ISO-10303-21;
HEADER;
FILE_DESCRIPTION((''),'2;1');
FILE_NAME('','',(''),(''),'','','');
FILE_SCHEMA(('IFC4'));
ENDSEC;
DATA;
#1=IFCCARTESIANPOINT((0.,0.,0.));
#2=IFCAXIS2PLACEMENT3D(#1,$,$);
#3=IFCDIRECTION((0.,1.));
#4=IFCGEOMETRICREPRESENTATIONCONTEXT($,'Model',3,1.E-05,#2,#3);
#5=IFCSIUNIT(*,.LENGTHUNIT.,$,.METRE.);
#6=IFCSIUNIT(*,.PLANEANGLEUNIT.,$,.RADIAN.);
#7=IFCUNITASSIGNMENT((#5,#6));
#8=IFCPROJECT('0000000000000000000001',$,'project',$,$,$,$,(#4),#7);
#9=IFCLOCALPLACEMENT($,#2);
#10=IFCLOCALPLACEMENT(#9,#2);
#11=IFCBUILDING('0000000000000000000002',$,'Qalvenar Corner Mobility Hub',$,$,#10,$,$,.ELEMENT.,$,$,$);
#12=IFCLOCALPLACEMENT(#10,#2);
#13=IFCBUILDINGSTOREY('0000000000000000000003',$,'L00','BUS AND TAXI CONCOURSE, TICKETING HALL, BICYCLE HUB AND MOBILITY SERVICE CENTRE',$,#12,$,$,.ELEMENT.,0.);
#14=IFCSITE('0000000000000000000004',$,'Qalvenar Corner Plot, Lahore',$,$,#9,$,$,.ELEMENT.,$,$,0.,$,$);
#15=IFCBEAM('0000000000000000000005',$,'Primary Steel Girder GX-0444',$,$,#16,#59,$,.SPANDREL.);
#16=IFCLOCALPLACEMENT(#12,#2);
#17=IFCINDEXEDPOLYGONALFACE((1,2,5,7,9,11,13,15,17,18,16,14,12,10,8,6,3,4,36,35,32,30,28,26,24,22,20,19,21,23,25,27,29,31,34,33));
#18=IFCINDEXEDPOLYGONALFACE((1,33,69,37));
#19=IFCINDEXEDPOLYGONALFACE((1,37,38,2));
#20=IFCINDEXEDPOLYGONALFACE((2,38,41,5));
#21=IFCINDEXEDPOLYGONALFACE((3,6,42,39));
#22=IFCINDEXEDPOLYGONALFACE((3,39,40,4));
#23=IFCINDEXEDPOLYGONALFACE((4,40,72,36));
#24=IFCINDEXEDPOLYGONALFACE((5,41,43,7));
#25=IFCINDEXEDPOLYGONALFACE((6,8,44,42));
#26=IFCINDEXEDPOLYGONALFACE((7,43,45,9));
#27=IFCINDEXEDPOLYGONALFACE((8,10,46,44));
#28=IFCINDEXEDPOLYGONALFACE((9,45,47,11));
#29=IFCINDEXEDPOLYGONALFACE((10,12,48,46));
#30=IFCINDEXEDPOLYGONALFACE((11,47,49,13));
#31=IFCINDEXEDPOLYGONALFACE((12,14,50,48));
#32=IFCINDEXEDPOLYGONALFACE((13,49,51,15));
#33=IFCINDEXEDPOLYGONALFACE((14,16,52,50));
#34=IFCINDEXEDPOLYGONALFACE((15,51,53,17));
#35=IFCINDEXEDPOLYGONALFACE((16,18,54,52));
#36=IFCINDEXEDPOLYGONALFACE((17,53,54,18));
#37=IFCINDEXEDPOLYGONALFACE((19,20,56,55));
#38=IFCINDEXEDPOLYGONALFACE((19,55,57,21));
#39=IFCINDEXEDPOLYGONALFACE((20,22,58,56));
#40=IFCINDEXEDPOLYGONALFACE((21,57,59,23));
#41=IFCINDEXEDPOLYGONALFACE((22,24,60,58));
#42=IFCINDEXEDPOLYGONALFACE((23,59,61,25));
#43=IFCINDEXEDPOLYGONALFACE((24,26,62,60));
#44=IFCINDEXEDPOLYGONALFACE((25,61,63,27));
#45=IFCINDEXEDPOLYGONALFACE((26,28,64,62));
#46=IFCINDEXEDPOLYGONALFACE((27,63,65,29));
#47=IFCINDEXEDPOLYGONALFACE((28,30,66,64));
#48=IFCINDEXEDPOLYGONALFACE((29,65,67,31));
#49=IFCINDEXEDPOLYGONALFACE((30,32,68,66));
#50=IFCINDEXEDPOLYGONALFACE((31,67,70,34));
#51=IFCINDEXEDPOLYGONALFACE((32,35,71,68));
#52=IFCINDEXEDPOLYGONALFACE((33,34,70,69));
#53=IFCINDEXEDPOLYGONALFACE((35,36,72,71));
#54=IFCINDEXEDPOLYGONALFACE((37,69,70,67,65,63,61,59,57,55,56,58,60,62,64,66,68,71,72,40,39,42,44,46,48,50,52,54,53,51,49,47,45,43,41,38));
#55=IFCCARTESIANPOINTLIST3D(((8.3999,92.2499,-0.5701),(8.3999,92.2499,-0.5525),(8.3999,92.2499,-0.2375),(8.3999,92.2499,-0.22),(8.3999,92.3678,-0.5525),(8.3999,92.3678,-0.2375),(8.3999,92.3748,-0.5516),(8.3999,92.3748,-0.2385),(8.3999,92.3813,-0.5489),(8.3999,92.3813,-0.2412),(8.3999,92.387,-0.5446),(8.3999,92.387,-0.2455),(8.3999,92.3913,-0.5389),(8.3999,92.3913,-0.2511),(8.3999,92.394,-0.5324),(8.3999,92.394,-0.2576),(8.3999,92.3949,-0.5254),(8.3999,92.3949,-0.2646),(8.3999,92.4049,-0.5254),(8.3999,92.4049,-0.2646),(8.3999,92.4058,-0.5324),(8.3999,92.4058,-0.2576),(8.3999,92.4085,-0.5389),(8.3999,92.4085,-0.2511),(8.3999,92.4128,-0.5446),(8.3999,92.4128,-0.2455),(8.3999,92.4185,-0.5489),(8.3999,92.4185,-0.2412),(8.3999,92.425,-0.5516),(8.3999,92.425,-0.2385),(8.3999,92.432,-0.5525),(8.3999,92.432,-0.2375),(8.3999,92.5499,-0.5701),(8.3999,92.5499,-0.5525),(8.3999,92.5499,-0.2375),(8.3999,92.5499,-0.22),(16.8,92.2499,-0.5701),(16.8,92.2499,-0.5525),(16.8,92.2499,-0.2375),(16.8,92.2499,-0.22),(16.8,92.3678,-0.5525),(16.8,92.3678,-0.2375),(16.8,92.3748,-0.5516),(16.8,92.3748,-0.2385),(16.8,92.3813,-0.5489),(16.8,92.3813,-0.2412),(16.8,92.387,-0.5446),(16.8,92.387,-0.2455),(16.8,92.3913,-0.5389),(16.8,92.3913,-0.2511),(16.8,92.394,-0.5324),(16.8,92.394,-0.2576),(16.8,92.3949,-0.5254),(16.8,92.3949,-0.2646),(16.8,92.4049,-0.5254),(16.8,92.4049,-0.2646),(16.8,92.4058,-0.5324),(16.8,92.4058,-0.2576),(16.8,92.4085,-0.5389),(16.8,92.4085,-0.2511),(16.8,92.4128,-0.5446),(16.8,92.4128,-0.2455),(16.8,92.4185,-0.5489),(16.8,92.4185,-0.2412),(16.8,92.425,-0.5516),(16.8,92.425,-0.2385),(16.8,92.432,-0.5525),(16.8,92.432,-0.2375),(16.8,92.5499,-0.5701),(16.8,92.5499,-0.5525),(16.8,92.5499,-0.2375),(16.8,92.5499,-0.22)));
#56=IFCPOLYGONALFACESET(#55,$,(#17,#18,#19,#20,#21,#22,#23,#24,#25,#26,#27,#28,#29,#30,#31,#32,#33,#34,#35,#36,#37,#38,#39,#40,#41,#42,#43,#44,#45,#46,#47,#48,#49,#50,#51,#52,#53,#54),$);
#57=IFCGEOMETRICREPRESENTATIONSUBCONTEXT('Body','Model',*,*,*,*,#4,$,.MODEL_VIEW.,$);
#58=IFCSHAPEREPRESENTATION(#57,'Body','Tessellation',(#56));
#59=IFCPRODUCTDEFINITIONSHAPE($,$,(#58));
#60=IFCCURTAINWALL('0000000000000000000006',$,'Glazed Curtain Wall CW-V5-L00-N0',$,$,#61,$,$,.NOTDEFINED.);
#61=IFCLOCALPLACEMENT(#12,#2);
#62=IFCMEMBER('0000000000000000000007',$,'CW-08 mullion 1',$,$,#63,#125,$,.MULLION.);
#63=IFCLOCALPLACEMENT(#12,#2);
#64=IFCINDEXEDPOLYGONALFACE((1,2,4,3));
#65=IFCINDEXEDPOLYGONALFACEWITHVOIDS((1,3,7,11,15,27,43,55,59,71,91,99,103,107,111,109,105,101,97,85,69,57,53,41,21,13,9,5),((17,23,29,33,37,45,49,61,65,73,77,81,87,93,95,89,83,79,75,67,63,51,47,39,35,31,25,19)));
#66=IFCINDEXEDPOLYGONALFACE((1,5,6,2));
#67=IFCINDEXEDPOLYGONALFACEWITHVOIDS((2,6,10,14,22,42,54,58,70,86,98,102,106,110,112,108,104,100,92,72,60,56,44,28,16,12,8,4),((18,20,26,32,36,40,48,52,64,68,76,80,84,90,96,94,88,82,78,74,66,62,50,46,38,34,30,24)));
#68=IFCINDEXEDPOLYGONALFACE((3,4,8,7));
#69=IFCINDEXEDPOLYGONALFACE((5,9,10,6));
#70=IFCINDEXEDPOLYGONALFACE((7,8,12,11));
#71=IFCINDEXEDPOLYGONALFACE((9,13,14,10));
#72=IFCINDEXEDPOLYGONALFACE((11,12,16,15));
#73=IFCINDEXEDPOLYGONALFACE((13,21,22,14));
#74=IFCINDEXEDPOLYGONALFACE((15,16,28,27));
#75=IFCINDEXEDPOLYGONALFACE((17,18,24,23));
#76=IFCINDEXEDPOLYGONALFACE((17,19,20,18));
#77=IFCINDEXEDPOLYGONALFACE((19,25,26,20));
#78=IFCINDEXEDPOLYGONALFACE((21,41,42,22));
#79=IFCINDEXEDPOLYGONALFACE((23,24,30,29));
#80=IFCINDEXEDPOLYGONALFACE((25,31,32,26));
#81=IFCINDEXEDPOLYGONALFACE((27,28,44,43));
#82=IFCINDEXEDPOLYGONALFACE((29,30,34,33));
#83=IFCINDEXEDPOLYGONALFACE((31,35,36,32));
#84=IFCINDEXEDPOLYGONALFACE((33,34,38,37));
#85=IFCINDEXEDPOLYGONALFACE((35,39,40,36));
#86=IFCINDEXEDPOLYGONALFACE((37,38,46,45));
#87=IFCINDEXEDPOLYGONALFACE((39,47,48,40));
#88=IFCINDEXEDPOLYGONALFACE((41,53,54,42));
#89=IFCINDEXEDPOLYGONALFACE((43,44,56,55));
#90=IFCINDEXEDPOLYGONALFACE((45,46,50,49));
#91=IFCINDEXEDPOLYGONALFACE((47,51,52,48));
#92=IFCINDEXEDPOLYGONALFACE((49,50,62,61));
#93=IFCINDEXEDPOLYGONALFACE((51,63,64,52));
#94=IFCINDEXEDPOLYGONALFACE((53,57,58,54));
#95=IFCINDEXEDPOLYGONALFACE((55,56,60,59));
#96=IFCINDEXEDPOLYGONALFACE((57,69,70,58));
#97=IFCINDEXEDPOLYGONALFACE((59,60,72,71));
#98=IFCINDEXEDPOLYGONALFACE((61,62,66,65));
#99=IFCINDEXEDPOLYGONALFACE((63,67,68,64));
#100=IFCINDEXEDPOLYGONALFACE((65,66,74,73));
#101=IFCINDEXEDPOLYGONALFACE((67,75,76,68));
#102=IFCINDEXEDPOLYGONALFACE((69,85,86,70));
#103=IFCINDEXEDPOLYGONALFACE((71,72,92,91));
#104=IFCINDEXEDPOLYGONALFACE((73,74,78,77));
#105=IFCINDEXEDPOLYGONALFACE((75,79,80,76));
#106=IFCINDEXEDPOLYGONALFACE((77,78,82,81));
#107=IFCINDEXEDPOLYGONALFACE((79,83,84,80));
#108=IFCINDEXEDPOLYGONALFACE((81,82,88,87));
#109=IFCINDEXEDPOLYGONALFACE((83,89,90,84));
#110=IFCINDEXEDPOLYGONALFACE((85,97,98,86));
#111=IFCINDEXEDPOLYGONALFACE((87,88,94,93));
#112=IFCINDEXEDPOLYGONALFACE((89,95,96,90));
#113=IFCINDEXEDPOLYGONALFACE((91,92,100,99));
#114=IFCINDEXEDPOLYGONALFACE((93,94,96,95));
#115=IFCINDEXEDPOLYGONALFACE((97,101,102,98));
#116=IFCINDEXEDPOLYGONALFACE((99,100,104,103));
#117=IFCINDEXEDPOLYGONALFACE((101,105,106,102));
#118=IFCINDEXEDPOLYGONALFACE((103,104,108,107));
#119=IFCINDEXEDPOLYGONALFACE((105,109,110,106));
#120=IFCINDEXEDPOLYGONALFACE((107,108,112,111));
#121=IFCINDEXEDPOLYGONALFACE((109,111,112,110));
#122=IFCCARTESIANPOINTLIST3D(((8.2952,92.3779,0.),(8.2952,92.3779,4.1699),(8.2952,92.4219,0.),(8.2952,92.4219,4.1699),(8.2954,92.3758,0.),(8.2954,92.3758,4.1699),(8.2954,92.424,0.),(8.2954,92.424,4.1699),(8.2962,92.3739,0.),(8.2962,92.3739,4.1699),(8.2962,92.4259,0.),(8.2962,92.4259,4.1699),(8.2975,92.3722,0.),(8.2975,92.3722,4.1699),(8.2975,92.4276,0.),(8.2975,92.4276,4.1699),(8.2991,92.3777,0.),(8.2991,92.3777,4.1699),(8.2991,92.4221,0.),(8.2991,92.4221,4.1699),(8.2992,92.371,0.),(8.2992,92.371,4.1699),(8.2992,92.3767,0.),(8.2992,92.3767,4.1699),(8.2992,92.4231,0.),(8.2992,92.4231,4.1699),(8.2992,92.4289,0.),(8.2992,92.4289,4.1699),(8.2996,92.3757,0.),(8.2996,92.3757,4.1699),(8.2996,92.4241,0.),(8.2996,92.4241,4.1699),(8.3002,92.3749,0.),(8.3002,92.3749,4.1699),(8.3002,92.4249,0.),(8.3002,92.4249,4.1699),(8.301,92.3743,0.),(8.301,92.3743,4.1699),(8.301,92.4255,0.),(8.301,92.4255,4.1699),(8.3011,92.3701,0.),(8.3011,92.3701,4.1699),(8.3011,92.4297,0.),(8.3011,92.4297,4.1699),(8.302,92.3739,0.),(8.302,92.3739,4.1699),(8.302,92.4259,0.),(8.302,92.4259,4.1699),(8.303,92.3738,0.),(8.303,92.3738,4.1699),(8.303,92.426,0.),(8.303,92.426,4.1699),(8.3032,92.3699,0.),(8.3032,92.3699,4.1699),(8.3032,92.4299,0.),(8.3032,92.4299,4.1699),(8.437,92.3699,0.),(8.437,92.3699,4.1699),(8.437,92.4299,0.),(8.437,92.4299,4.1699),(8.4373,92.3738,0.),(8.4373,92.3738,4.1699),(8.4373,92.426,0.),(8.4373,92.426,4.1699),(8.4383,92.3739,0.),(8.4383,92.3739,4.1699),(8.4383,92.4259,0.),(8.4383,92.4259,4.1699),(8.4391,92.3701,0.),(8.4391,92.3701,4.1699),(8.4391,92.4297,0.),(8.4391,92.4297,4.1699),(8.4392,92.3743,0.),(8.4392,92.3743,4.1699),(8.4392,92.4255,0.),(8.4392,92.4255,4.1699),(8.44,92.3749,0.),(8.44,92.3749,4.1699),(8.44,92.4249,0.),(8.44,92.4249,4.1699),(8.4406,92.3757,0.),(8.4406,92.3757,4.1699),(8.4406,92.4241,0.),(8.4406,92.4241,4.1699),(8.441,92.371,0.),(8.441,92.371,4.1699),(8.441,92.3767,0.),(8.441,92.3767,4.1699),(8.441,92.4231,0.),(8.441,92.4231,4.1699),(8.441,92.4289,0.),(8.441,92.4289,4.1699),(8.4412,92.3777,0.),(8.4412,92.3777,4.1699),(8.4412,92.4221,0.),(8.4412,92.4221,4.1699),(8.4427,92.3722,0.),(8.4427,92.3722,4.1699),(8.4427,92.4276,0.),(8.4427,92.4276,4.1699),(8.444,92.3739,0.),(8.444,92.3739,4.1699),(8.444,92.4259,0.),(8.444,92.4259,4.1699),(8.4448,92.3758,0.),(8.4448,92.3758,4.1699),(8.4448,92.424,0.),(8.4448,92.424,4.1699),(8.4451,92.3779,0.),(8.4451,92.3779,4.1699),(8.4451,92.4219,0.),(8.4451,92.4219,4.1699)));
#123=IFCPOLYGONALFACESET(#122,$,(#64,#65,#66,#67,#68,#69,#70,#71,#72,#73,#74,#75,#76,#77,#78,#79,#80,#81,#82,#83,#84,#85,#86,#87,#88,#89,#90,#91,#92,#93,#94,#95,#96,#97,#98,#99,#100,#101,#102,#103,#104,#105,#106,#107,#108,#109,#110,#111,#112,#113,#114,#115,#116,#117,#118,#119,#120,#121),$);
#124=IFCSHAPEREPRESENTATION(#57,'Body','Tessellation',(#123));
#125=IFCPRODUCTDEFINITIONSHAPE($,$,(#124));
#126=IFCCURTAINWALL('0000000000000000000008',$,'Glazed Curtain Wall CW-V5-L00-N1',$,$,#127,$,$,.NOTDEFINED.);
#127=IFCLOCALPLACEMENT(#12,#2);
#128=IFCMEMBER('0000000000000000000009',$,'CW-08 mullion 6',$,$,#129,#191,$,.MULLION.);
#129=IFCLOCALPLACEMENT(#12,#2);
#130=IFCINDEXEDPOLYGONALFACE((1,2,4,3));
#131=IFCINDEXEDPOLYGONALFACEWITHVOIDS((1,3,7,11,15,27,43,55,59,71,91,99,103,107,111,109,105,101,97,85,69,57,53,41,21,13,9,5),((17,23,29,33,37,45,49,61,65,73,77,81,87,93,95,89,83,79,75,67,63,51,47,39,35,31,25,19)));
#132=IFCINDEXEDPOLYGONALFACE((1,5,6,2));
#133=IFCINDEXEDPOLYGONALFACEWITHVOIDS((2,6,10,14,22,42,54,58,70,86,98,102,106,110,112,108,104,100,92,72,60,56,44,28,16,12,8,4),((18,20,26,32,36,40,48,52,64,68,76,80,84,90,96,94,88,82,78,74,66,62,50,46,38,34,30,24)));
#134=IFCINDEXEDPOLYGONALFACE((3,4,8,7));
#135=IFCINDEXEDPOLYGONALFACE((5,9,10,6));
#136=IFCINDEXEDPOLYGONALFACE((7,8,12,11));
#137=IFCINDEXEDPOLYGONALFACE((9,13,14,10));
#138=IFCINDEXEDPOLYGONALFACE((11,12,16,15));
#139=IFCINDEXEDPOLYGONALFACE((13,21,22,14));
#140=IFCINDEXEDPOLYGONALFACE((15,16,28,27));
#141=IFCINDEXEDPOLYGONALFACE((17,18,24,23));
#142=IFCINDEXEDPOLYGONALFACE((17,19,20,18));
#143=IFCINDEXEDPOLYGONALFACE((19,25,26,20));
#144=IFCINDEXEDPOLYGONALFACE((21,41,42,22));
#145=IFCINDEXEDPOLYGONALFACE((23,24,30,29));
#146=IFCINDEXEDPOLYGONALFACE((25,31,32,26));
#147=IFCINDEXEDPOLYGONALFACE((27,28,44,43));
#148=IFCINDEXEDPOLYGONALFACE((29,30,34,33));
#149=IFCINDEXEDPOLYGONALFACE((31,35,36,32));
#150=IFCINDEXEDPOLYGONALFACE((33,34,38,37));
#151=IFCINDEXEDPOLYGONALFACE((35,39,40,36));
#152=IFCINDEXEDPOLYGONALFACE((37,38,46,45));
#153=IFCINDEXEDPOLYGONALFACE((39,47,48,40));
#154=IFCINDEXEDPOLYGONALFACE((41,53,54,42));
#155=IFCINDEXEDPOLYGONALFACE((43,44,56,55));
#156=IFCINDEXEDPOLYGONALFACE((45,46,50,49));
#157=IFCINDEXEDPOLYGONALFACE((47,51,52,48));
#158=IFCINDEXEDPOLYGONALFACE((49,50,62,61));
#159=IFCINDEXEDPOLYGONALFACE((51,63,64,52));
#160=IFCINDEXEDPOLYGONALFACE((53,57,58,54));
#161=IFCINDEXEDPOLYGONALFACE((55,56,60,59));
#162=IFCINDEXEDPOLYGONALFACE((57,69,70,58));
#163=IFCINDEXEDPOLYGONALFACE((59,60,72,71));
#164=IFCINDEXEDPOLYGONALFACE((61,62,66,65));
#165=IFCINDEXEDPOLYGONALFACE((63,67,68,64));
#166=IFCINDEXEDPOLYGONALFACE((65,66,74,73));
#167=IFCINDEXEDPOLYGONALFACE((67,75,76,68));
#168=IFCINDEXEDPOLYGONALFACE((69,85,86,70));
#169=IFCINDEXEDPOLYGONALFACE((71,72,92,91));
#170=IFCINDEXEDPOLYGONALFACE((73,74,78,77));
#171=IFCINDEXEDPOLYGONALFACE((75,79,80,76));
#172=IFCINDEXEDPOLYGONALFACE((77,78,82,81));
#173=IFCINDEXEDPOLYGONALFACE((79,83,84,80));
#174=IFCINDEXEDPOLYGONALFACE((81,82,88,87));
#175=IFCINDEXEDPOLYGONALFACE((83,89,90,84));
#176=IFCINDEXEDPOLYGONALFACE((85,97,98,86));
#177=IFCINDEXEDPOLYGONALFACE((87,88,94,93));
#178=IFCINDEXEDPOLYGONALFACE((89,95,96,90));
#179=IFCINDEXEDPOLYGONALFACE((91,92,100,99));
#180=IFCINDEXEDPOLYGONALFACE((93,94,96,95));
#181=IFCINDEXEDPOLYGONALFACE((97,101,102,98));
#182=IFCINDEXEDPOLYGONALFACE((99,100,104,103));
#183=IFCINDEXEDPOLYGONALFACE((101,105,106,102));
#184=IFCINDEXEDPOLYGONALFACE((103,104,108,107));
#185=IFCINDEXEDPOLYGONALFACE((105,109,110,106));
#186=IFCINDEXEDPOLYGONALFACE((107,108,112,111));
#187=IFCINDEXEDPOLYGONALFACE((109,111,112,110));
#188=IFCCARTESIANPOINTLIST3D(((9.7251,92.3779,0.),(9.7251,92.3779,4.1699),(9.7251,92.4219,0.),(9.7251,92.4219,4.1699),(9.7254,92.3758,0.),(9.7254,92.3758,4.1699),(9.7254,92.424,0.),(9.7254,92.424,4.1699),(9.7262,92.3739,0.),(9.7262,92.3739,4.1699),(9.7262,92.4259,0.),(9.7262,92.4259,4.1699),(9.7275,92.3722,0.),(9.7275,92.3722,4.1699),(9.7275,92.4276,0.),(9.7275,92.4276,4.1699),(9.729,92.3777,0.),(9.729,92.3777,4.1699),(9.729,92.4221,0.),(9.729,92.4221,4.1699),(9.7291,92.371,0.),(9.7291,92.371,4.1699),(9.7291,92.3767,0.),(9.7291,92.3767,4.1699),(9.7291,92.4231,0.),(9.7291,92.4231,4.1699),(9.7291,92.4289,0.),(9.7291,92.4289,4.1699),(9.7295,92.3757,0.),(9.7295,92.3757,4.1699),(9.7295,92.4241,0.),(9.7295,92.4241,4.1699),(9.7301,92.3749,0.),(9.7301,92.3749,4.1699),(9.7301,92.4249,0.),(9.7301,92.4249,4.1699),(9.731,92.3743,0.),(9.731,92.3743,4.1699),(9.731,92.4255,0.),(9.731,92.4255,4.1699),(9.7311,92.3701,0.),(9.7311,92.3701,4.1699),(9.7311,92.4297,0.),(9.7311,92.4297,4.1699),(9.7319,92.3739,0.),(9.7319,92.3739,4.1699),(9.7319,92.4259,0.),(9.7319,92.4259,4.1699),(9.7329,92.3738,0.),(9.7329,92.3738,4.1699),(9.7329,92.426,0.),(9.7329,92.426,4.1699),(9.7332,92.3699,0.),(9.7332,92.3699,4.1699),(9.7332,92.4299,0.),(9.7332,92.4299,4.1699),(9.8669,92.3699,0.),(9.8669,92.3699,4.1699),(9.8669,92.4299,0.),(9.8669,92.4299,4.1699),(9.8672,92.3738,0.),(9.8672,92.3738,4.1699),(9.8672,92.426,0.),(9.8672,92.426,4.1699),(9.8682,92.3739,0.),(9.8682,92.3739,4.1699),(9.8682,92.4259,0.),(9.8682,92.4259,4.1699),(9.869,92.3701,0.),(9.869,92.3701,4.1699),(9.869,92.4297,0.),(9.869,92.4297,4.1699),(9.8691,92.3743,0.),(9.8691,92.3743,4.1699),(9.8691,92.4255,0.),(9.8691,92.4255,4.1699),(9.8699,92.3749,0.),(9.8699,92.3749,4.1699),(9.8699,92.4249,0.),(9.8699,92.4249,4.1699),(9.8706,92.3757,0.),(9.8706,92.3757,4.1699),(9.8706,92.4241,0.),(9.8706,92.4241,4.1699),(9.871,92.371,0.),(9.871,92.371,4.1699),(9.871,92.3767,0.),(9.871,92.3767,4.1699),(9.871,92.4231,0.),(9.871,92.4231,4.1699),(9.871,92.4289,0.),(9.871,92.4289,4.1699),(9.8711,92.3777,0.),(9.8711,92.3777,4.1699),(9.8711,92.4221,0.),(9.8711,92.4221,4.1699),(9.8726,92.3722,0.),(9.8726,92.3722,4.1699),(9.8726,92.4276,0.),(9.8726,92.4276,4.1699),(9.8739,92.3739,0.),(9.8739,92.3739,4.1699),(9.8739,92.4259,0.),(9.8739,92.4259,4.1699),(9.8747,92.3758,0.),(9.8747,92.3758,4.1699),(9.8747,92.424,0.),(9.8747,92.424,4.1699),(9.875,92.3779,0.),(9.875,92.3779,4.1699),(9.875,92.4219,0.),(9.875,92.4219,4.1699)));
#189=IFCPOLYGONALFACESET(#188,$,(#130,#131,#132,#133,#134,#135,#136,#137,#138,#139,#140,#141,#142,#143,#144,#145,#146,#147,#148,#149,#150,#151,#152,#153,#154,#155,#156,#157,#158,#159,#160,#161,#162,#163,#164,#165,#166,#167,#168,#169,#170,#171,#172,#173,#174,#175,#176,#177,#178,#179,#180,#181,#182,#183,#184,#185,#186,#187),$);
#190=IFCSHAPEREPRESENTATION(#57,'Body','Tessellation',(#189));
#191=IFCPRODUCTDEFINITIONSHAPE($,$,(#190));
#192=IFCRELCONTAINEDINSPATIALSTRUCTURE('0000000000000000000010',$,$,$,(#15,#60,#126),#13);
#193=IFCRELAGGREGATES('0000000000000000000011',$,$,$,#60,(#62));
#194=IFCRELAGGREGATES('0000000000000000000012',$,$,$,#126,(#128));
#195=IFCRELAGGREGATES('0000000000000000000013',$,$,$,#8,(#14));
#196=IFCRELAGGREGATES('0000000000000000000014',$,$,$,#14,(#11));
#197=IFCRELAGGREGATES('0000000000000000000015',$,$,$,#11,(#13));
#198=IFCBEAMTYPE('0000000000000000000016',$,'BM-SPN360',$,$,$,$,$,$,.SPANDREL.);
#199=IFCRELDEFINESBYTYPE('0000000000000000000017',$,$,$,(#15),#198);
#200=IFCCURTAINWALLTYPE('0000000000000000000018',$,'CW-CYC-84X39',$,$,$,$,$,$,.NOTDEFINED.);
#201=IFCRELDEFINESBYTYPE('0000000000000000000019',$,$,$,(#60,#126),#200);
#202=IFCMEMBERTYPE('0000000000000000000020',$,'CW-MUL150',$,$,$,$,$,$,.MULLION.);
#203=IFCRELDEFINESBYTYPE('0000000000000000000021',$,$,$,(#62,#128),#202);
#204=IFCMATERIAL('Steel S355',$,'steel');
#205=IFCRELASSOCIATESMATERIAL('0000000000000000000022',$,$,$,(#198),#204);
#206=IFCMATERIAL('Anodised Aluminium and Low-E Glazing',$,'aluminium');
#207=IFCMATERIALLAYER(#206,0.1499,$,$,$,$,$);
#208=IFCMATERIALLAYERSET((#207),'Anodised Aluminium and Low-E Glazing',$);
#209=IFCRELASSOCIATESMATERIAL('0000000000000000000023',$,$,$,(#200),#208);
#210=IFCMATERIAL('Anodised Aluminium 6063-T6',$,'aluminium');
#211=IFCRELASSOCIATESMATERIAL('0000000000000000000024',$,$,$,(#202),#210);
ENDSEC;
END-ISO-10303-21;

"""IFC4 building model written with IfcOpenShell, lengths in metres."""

from ifc_helpers import new_model, si_unit, direction, frame, origin, origin_2d, place, context, subcontext, project, spatial, hollow_rectangle, i_section, extrude, material, layer, layer_set, material_profile, profile_set, type_object, element, aggregate, save


model = new_model("IFC4")

# Units and contexts
model_context = context("Model", 3, precision=1e-05, world=origin(), true_north=direction((0.0, 1.0)))
body_context = subcontext(model_context, "Body", "Model", "MODEL_VIEW")
ifc_project = project(units=[si_unit("LENGTHUNIT", "METRE"), si_unit("PLANEANGLEUNIT", "RADIAN")], contexts=[model_context])

# Site, building, storey
site_placement = place(None, origin())
site = spatial("IfcSite", under=ifc_project, at=site_placement, Name="Qalvenar Corner Plot, Lahore", CompositionType="ELEMENT", RefElevation=0.0)
building_placement = place(site_placement, origin())
building = spatial("IfcBuilding", under=site, at=building_placement, Name="Qalvenar Corner Mobility Hub", CompositionType="ELEMENT")
storey_placement = place(building_placement, origin())
storey = spatial("IfcBuildingStorey", under=building, at=storey_placement, Name="L00", Description="BUS AND TAXI CONCOURSE, TICKETING HALL, BICYCLE HUB AND MOBILITY SERVICE CENTRE", CompositionType="ELEMENT", Elevation=0.0)

# Shared definitions
ifc_material_1 = material(Name="Steel S355", Category="steel")

# Beam
ifc_material_profile_1 = material_profile(ifc_material_1, i_section(OverallWidth=0.3, OverallDepth=0.3501, WebThickness=0.01, FlangeThickness=0.0176, FilletRadius=0.0271, at=origin_2d()), Name="HEA360")
ifc_profile_set_1 = profile_set([ifc_material_profile_1], Name="Steel S355")
beam_type_1 = type_object("IfcBeamType", Name="BM-SPN360", PredefinedType="SPANDREL", material=ifc_profile_set_1)
beam_1_placement = place(storey_placement, frame((8.3999, 92.3999, -0.395), z_axis=(1.0, 0.0, 0.0), x_axis=(0.0, 1.0, 0.0)))
element("IfcBeam", 1, at=beam_1_placement, inside=storey, type_object=beam_type_1, Name="Primary Steel Girder GX-0444", PredefinedType="SPANDREL", context=body_context, shape_type="SweptSolid", body=[
    extrude(i_section(OverallWidth=0.3, OverallDepth=0.3501, WebThickness=0.01, FlangeThickness=0.0176, FilletRadius=0.0271, at=origin_2d()), origin(), (0.0, 0.0, 1.0), 8.4001),
])

# Curtain wall, member
ifc_material_2 = material(Name="Anodised Aluminium and Low-E Glazing", Category="aluminium")
ifc_layer_1 = layer(ifc_material_2, 0.1499)
ifc_layer_set_1 = layer_set([ifc_layer_1], Name="Anodised Aluminium and Low-E Glazing")
curtain_wall_type = type_object("IfcCurtainWallType", Name="CW-CYC-84X39", PredefinedType="NOTDEFINED", material=ifc_layer_set_1)
curtain_wall_1_placement = place(storey_placement, origin())
curtain_wall_1 = element("IfcCurtainWall", 2, at=curtain_wall_1_placement, inside=storey, type_object=curtain_wall_type, Name="Glazed Curtain Wall CW-V5-L00-N0", PredefinedType="NOTDEFINED")
ifc_material_3 = material(Name="Anodised Aluminium 6063-T6", Category="aluminium")
ifc_material_profile_2 = material_profile(ifc_material_3, hollow_rectangle(XDim=0.0601, YDim=0.1499, WallThickness=0.0039, InnerFilletRadius=0.0039, OuterFilletRadius=0.0081, at=origin_2d()), Name="RHS150x60x4")
ifc_profile_set_2 = profile_set([ifc_material_profile_2], Name="Anodised Aluminium 6063-T6")
member_type_1 = type_object("IfcMemberType", Name="CW-MUL150", PredefinedType="MULLION", material=ifc_profile_set_2)
member_1_placement = place(storey_placement, frame((8.3701, 92.3999, 0.0), z_axis=(0.0, 0.0, 1.0), x_axis=(0.0, -1.0, 0.0)))
member_1 = element("IfcMember", 3, at=member_1_placement, type_object=member_type_1, Name="CW-08 mullion 1", PredefinedType="MULLION", context=body_context, shape_type="SweptSolid", body=[
    extrude(hollow_rectangle(XDim=0.0601, YDim=0.1499, WallThickness=0.0039, InnerFilletRadius=0.0039, OuterFilletRadius=0.0081, at=origin_2d()), origin(), (0.0, 0.0, 1.0), 4.1699),
])

# Curtain wall, member
curtain_wall_2_placement = place(storey_placement, origin())
curtain_wall_2 = element("IfcCurtainWall", 4, at=curtain_wall_2_placement, inside=storey, type_object=curtain_wall_type, Name="Glazed Curtain Wall CW-V5-L00-N1", PredefinedType="NOTDEFINED")
member_2_placement = place(storey_placement, frame((9.8, 92.3999, 0.0), z_axis=(0.0, 0.0, 1.0), x_axis=(0.0, -1.0, 0.0)))
member_2 = element("IfcMember", 5, at=member_2_placement, type_object=member_type_1, Name="CW-08 mullion 6", PredefinedType="MULLION", context=body_context, shape_type="SweptSolid", body=[
    extrude(hollow_rectangle(XDim=0.0601, YDim=0.1499, WallThickness=0.0039, InnerFilletRadius=0.0039, OuterFilletRadius=0.0081, at=origin_2d()), origin(), (0.0, 0.0, 1.0), 4.1699),
])

aggregate(curtain_wall_1, [member_1])

aggregate(curtain_wall_2, [member_2])

save(model, "model.ifc")
